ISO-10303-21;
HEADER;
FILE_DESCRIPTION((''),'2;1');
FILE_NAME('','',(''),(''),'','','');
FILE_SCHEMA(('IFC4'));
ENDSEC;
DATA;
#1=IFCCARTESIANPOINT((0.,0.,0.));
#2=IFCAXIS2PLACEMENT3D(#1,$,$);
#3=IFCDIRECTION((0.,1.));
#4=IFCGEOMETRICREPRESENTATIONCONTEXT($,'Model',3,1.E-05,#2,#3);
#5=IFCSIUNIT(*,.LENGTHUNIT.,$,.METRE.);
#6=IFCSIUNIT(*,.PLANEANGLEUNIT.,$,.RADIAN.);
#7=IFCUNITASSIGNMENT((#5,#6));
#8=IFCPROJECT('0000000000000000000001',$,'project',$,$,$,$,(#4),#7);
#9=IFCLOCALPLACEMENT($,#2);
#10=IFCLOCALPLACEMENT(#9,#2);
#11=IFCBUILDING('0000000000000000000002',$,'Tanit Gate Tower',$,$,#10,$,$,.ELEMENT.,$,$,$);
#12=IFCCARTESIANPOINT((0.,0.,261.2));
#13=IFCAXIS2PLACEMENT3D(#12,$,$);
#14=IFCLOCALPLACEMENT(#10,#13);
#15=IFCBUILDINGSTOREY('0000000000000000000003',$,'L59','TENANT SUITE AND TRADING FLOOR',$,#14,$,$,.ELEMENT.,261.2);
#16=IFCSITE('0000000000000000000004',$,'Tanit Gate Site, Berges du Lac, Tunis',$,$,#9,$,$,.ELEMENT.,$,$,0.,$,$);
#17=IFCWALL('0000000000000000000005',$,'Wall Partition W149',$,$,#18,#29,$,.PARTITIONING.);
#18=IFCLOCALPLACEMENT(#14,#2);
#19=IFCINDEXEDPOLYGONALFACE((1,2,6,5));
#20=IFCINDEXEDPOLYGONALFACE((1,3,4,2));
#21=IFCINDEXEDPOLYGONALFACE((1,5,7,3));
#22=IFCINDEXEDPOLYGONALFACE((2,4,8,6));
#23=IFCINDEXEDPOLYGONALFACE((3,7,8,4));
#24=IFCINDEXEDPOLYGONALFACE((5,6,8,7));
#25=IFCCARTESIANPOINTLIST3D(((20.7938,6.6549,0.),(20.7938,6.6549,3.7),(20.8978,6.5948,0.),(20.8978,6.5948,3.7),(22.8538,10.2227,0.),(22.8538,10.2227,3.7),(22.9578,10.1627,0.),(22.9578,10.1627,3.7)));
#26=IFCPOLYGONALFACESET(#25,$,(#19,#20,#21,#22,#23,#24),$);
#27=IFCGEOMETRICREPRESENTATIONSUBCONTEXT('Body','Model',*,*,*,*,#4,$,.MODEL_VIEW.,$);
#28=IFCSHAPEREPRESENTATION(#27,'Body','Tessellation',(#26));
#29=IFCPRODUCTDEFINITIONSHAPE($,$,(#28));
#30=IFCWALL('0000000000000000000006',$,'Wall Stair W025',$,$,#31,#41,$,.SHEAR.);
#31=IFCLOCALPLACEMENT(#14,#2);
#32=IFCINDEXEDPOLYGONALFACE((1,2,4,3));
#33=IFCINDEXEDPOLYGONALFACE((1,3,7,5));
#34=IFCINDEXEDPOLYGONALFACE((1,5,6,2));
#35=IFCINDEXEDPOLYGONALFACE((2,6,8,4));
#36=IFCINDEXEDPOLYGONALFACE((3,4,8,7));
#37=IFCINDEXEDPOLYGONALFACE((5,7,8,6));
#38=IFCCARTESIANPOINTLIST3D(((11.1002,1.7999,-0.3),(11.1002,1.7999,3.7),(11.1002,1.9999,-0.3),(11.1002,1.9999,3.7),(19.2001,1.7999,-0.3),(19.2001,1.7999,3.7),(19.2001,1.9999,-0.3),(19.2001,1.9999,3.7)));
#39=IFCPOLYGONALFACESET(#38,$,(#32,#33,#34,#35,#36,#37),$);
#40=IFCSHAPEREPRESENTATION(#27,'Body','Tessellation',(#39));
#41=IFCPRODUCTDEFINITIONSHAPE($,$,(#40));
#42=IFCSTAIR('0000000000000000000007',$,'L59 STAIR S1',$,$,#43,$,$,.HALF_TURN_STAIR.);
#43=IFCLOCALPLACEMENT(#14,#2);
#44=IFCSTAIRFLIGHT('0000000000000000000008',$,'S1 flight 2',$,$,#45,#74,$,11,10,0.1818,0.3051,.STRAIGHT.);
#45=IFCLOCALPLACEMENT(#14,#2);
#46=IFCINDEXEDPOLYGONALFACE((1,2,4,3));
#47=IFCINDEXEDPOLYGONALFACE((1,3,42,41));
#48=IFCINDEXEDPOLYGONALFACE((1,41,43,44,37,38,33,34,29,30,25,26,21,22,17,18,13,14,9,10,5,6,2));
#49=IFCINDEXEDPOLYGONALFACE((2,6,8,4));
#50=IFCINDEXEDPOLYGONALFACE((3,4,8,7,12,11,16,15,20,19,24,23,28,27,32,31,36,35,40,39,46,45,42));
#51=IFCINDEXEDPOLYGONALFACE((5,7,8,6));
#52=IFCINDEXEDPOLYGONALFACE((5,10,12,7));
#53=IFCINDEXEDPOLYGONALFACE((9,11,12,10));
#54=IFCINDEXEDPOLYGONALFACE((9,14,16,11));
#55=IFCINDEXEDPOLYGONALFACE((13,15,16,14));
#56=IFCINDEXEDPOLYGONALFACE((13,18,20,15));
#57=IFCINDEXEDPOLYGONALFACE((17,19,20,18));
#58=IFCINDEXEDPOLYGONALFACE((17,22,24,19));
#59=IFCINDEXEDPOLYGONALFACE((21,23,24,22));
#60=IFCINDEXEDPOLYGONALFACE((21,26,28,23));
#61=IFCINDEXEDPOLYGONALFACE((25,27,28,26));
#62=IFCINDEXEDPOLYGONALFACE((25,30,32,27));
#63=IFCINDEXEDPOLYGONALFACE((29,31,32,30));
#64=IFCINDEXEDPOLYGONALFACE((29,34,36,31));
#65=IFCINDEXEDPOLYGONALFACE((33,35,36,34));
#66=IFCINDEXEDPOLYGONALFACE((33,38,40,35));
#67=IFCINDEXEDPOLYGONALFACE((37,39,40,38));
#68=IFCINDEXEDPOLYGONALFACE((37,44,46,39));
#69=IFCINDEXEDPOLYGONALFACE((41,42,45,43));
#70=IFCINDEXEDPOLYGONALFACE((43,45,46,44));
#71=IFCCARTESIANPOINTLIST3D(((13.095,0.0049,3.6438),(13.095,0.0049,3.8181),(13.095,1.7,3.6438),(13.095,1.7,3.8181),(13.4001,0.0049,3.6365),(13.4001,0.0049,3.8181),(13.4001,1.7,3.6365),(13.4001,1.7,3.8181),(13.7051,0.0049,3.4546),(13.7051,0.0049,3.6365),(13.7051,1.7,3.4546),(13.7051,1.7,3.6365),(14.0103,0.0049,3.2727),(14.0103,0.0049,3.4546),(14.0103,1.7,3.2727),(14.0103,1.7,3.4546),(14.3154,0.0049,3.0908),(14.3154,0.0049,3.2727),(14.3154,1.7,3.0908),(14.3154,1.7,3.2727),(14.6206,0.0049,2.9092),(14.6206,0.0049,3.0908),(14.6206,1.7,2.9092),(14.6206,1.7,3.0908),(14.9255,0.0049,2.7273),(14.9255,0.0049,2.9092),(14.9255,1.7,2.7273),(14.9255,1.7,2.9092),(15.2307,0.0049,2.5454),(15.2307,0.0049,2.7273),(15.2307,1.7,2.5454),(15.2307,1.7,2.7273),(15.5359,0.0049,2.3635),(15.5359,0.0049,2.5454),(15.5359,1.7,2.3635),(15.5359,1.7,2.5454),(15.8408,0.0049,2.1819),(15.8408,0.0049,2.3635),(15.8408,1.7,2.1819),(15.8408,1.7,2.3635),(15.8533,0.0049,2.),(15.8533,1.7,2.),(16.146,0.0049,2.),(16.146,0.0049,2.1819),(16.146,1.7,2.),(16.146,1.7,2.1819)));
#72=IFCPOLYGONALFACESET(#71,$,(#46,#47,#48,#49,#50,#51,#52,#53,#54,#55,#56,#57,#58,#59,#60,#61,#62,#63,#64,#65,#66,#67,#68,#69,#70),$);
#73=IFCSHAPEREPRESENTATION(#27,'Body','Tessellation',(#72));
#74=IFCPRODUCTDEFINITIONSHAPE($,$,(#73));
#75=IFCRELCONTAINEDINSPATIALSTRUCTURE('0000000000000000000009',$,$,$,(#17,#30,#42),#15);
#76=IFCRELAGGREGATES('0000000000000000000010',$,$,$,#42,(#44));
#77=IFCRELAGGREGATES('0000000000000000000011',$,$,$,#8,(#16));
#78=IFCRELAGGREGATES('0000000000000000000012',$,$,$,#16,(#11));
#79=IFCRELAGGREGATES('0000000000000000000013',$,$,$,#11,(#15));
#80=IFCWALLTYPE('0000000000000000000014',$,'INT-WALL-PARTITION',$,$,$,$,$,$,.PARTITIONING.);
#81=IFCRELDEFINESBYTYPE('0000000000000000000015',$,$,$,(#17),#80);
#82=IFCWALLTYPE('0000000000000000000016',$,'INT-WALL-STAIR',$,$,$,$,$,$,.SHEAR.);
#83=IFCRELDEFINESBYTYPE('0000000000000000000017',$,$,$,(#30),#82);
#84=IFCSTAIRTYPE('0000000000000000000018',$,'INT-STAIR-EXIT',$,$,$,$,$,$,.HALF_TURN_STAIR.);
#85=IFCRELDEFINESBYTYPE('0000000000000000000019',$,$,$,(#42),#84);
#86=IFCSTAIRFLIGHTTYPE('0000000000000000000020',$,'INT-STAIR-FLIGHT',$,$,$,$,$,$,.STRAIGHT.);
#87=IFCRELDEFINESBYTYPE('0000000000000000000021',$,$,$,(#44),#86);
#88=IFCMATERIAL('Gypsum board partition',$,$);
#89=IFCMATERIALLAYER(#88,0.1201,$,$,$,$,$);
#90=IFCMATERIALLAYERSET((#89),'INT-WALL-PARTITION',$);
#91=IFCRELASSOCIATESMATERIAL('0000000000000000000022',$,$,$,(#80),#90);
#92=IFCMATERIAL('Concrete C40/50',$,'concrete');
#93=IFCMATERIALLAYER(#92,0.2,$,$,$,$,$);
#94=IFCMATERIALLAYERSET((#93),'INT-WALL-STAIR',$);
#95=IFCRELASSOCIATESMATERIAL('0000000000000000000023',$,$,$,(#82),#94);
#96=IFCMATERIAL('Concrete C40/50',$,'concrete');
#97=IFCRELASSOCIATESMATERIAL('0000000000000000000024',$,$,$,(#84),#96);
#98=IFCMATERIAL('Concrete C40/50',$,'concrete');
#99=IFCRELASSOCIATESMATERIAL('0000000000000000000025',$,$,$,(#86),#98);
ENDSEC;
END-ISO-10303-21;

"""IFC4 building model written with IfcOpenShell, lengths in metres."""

from ifc_helpers import new_model, si_unit, direction, frame, frame_2d, origin, place, context, subcontext, project, spatial, polyline, rectangle, outline, extrude, material, layer, layer_set, type_object, element, aggregate, save


model = new_model("IFC4")

# Units and contexts
model_context = context("Model", 3, precision=1e-05, world=origin(), true_north=direction((0.0, 1.0)))
body_context = subcontext(model_context, "Body", "Model", "MODEL_VIEW")
ifc_project = project(units=[si_unit("LENGTHUNIT", "METRE"), si_unit("PLANEANGLEUNIT", "RADIAN")], contexts=[model_context])

# Site, building, storey
site_placement = place(None, origin())
site = spatial("IfcSite", under=ifc_project, at=site_placement, Name="Tanit Gate Site, Berges du Lac, Tunis", CompositionType="ELEMENT", RefElevation=0.0)
building_placement = place(site_placement, origin())
building = spatial("IfcBuilding", under=site, at=building_placement, Name="Tanit Gate Tower", CompositionType="ELEMENT")
storey_placement = place(building_placement, frame((0.0, 0.0, 261.2)))
storey = spatial("IfcBuildingStorey", under=building, at=storey_placement, Name="L59", Description="TENANT SUITE AND TRADING FLOOR", CompositionType="ELEMENT", Elevation=261.2)

# Shared definitions
ifc_material_1 = material(Name="Gypsum board partition")
ifc_layer_1 = layer(ifc_material_1, 0.1201)
ifc_layer_set_1 = layer_set([ifc_layer_1], Name="INT-WALL-PARTITION")
wall_type_1 = type_object("IfcWallType", Name="INT-WALL-PARTITION", PredefinedType="PARTITIONING", material=ifc_layer_set_1)

# Walls
wall_1_placement = place(storey_placement, frame((20.8457, 6.6248, 0.0), z_axis=(0.0, 0.0, 1.0), x_axis=(0.500027, 0.86601, 0.0)))
element("IfcWall", 1, at=wall_1_placement, inside=storey, type_object=wall_type_1, Name="Wall Partition W149", PredefinedType="PARTITIONING", context=body_context, shape_type="SweptSolid", body=[
    extrude(rectangle(XDim=4.1199, YDim=0.1201, at=frame_2d((2.0601, 0.0))), origin(), (0.0, 0.0, 1.0), 3.7),
])
ifc_material_2 = material(Name="Concrete C40/50", Category="concrete")
ifc_layer_2 = layer(ifc_material_2, 0.2)
ifc_layer_set_2 = layer_set([ifc_layer_2], Name="INT-WALL-STAIR")
wall_type_2 = type_object("IfcWallType", Name="INT-WALL-STAIR", PredefinedType="SHEAR", material=ifc_layer_set_2)
wall_2_placement = place(storey_placement, frame((19.2, 1.8999, -0.3), z_axis=(0.0, 0.0, 1.0), x_axis=(-1.0, 0.0, 0.0)))
element("IfcWall", 2, at=wall_2_placement, inside=storey, type_object=wall_type_2, Name="Wall Stair W025", PredefinedType="SHEAR", context=body_context, shape_type="SweptSolid", body=[
    extrude(rectangle(XDim=8.0999, YDim=0.2, at=frame_2d((4.0498, 0.0))), origin(), (0.0, 0.0, 1.0), 4.0),
])

# Stair, stair flight
ifc_material_3 = material(Name="Concrete C40/50", Category="concrete")
stair_type = type_object("IfcStairType", Name="INT-STAIR-EXIT", PredefinedType="HALF_TURN_STAIR", material=ifc_material_3)
stair_placement = place(storey_placement, origin())
stair = element("IfcStair", 3, at=stair_placement, inside=storey, type_object=stair_type, Name="L59 STAIR S1", PredefinedType="HALF_TURN_STAIR")
ifc_material_4 = material(Name="Concrete C40/50", Category="concrete")
stair_flight_type = type_object("IfcStairFlightType", Name="INT-STAIR-FLIGHT", PredefinedType="STRAIGHT", material=ifc_material_4)
stair_flight_placement = place(storey_placement, frame((16.146, 0.8525, 2.0), z_axis=(0.0, 0.0, 1.0), x_axis=(-1.0, 0.0, 0.0)))
stair_flight = element("IfcStairFlight", 4, at=stair_flight_placement, type_object=stair_flight_type, Name="S1 flight 2", NumberOfRisers=11, NumberOfTreads=10, PredefinedType="STRAIGHT", RiserHeight=0.1818, TreadLength=0.3051, context=body_context, shape_type="SweptSolid", body=[
    extrude(outline(polyline([(0.0, 0.0), (0.0, 0.1819), (0.3052, 0.1819), (0.3052, 0.3635), (0.6101, 0.3635), (0.6101, 0.5454), (0.9153, 0.5454), (0.9153, 0.7273), (1.2205, 0.7273), (1.2205, 0.9092), (1.5254, 0.9092), (1.5254, 1.0908), (1.8306, 1.0908), (1.8306, 1.2727), (2.1357, 1.2727), (2.1357, 1.4546), (2.4409, 1.4546), (2.4409, 1.6365), (2.7458, 1.6365), (2.7458, 1.8181), (3.051, 1.8181), (3.051, 2.0), (3.051, 1.6438), (0.2927, 0.0), (0.0, 0.0)])), frame((0.0, 0.8477, 0.0), z_axis=(0.0, -1.0, 0.0), x_axis=(1.0, 0.0, 0.0)), (0.0, 0.0, 1.0), 1.6951),
])
aggregate(stair, [stair_flight])

save(model, "model.ifc")
